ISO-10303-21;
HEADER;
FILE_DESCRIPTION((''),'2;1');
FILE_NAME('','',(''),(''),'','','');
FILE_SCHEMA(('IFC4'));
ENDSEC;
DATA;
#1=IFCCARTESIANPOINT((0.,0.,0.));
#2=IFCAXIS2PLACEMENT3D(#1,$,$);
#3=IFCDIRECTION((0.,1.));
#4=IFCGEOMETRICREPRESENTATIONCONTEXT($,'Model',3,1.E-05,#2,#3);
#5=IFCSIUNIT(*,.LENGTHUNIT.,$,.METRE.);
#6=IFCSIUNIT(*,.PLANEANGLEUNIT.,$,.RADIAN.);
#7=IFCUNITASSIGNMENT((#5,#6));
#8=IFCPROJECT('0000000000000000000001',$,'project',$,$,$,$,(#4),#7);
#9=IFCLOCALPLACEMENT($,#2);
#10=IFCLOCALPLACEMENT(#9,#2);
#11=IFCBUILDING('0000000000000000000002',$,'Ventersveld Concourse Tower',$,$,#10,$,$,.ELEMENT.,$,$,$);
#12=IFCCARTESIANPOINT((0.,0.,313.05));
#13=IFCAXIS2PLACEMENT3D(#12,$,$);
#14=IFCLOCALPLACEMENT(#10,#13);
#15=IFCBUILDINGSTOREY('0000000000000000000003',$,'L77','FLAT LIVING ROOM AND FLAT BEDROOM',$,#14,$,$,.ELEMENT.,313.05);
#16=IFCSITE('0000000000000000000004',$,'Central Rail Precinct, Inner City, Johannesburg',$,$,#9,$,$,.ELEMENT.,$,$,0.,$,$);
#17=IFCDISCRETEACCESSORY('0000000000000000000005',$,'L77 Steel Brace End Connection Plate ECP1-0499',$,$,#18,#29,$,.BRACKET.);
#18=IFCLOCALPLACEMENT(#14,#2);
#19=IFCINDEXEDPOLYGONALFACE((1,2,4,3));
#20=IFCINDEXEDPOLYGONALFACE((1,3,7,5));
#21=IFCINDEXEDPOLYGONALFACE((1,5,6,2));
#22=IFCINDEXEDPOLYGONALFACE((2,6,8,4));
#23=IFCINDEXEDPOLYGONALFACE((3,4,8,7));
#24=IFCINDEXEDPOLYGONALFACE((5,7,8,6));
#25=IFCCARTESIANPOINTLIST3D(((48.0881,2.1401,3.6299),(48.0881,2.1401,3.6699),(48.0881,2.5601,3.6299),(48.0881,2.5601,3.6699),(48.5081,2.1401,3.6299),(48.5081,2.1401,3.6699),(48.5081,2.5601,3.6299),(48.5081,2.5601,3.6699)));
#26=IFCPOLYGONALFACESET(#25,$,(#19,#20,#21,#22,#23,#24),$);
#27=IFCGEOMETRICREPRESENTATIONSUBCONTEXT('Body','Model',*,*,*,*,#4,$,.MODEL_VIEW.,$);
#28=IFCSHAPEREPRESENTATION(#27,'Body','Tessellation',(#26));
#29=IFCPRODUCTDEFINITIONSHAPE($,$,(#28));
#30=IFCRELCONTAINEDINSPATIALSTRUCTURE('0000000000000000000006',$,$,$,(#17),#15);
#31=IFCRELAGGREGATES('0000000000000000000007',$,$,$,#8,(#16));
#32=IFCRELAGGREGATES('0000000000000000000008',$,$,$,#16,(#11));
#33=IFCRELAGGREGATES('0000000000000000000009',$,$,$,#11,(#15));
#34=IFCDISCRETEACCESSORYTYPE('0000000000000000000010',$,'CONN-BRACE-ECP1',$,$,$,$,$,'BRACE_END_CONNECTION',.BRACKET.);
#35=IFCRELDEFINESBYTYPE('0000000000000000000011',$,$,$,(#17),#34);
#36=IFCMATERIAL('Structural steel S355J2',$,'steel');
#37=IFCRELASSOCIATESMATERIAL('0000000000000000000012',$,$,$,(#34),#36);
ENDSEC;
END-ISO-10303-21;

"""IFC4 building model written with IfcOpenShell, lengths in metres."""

from ifc_helpers import new_model, si_unit, direction, frame, origin, origin_2d, place, context, subcontext, project, spatial, rectangle, extrude, material, type_object, element, save


model = new_model("IFC4")

# Units and contexts
model_context = context("Model", 3, precision=1e-05, world=origin(), true_north=direction((0.0, 1.0)))
body_context = subcontext(model_context, "Body", "Model", "MODEL_VIEW")
ifc_project = project(units=[si_unit("LENGTHUNIT", "METRE"), si_unit("PLANEANGLEUNIT", "RADIAN")], contexts=[model_context])

# Site, building, storey
site_placement = place(None, origin())
site = spatial("IfcSite", under=ifc_project, at=site_placement, Name="Central Rail Precinct, Inner City, Johannesburg", CompositionType="ELEMENT", RefElevation=0.0)
building_placement = place(site_placement, origin())
building = spatial("IfcBuilding", under=site, at=building_placement, Name="Ventersveld Concourse Tower", CompositionType="ELEMENT")
storey_placement = place(building_placement, frame((0.0, 0.0, 313.05)))
storey = spatial("IfcBuildingStorey", under=building, at=storey_placement, Name="L77", Description="FLAT LIVING ROOM AND FLAT BEDROOM", CompositionType="ELEMENT", Elevation=313.05)

# Shared definitions
ifc_material_1 = material(Name="Structural steel S355J2", Category="steel")

# Discrete accessory
discrete_accessory_type = type_object("IfcDiscreteAccessoryType", Name="CONN-BRACE-ECP1", ElementType="BRACE_END_CONNECTION", PredefinedType="BRACKET", material=ifc_material_1)
for number, where, z_axis, x_axis, name in (
    (1, (48.2981, 2.3501, 3.6299), (0.0, 0.0, 1.0), (1.0, 0.0, 0.0), "L77 Steel Brace End Connection Plate ECP1-0499"),
):
    element("IfcDiscreteAccessory", number, at=place(storey_placement, frame(where, z_axis=z_axis, x_axis=x_axis)), inside=storey, type_object=discrete_accessory_type, Name=name, PredefinedType="BRACKET", context=body_context, shape_type="SweptSolid", body=[
        extrude(rectangle(XDim=0.4199, YDim=0.4199, at=origin_2d()), origin(), (0.0, 0.0, 1.0), 0.04),
    ])

save(model, "model.ifc")
